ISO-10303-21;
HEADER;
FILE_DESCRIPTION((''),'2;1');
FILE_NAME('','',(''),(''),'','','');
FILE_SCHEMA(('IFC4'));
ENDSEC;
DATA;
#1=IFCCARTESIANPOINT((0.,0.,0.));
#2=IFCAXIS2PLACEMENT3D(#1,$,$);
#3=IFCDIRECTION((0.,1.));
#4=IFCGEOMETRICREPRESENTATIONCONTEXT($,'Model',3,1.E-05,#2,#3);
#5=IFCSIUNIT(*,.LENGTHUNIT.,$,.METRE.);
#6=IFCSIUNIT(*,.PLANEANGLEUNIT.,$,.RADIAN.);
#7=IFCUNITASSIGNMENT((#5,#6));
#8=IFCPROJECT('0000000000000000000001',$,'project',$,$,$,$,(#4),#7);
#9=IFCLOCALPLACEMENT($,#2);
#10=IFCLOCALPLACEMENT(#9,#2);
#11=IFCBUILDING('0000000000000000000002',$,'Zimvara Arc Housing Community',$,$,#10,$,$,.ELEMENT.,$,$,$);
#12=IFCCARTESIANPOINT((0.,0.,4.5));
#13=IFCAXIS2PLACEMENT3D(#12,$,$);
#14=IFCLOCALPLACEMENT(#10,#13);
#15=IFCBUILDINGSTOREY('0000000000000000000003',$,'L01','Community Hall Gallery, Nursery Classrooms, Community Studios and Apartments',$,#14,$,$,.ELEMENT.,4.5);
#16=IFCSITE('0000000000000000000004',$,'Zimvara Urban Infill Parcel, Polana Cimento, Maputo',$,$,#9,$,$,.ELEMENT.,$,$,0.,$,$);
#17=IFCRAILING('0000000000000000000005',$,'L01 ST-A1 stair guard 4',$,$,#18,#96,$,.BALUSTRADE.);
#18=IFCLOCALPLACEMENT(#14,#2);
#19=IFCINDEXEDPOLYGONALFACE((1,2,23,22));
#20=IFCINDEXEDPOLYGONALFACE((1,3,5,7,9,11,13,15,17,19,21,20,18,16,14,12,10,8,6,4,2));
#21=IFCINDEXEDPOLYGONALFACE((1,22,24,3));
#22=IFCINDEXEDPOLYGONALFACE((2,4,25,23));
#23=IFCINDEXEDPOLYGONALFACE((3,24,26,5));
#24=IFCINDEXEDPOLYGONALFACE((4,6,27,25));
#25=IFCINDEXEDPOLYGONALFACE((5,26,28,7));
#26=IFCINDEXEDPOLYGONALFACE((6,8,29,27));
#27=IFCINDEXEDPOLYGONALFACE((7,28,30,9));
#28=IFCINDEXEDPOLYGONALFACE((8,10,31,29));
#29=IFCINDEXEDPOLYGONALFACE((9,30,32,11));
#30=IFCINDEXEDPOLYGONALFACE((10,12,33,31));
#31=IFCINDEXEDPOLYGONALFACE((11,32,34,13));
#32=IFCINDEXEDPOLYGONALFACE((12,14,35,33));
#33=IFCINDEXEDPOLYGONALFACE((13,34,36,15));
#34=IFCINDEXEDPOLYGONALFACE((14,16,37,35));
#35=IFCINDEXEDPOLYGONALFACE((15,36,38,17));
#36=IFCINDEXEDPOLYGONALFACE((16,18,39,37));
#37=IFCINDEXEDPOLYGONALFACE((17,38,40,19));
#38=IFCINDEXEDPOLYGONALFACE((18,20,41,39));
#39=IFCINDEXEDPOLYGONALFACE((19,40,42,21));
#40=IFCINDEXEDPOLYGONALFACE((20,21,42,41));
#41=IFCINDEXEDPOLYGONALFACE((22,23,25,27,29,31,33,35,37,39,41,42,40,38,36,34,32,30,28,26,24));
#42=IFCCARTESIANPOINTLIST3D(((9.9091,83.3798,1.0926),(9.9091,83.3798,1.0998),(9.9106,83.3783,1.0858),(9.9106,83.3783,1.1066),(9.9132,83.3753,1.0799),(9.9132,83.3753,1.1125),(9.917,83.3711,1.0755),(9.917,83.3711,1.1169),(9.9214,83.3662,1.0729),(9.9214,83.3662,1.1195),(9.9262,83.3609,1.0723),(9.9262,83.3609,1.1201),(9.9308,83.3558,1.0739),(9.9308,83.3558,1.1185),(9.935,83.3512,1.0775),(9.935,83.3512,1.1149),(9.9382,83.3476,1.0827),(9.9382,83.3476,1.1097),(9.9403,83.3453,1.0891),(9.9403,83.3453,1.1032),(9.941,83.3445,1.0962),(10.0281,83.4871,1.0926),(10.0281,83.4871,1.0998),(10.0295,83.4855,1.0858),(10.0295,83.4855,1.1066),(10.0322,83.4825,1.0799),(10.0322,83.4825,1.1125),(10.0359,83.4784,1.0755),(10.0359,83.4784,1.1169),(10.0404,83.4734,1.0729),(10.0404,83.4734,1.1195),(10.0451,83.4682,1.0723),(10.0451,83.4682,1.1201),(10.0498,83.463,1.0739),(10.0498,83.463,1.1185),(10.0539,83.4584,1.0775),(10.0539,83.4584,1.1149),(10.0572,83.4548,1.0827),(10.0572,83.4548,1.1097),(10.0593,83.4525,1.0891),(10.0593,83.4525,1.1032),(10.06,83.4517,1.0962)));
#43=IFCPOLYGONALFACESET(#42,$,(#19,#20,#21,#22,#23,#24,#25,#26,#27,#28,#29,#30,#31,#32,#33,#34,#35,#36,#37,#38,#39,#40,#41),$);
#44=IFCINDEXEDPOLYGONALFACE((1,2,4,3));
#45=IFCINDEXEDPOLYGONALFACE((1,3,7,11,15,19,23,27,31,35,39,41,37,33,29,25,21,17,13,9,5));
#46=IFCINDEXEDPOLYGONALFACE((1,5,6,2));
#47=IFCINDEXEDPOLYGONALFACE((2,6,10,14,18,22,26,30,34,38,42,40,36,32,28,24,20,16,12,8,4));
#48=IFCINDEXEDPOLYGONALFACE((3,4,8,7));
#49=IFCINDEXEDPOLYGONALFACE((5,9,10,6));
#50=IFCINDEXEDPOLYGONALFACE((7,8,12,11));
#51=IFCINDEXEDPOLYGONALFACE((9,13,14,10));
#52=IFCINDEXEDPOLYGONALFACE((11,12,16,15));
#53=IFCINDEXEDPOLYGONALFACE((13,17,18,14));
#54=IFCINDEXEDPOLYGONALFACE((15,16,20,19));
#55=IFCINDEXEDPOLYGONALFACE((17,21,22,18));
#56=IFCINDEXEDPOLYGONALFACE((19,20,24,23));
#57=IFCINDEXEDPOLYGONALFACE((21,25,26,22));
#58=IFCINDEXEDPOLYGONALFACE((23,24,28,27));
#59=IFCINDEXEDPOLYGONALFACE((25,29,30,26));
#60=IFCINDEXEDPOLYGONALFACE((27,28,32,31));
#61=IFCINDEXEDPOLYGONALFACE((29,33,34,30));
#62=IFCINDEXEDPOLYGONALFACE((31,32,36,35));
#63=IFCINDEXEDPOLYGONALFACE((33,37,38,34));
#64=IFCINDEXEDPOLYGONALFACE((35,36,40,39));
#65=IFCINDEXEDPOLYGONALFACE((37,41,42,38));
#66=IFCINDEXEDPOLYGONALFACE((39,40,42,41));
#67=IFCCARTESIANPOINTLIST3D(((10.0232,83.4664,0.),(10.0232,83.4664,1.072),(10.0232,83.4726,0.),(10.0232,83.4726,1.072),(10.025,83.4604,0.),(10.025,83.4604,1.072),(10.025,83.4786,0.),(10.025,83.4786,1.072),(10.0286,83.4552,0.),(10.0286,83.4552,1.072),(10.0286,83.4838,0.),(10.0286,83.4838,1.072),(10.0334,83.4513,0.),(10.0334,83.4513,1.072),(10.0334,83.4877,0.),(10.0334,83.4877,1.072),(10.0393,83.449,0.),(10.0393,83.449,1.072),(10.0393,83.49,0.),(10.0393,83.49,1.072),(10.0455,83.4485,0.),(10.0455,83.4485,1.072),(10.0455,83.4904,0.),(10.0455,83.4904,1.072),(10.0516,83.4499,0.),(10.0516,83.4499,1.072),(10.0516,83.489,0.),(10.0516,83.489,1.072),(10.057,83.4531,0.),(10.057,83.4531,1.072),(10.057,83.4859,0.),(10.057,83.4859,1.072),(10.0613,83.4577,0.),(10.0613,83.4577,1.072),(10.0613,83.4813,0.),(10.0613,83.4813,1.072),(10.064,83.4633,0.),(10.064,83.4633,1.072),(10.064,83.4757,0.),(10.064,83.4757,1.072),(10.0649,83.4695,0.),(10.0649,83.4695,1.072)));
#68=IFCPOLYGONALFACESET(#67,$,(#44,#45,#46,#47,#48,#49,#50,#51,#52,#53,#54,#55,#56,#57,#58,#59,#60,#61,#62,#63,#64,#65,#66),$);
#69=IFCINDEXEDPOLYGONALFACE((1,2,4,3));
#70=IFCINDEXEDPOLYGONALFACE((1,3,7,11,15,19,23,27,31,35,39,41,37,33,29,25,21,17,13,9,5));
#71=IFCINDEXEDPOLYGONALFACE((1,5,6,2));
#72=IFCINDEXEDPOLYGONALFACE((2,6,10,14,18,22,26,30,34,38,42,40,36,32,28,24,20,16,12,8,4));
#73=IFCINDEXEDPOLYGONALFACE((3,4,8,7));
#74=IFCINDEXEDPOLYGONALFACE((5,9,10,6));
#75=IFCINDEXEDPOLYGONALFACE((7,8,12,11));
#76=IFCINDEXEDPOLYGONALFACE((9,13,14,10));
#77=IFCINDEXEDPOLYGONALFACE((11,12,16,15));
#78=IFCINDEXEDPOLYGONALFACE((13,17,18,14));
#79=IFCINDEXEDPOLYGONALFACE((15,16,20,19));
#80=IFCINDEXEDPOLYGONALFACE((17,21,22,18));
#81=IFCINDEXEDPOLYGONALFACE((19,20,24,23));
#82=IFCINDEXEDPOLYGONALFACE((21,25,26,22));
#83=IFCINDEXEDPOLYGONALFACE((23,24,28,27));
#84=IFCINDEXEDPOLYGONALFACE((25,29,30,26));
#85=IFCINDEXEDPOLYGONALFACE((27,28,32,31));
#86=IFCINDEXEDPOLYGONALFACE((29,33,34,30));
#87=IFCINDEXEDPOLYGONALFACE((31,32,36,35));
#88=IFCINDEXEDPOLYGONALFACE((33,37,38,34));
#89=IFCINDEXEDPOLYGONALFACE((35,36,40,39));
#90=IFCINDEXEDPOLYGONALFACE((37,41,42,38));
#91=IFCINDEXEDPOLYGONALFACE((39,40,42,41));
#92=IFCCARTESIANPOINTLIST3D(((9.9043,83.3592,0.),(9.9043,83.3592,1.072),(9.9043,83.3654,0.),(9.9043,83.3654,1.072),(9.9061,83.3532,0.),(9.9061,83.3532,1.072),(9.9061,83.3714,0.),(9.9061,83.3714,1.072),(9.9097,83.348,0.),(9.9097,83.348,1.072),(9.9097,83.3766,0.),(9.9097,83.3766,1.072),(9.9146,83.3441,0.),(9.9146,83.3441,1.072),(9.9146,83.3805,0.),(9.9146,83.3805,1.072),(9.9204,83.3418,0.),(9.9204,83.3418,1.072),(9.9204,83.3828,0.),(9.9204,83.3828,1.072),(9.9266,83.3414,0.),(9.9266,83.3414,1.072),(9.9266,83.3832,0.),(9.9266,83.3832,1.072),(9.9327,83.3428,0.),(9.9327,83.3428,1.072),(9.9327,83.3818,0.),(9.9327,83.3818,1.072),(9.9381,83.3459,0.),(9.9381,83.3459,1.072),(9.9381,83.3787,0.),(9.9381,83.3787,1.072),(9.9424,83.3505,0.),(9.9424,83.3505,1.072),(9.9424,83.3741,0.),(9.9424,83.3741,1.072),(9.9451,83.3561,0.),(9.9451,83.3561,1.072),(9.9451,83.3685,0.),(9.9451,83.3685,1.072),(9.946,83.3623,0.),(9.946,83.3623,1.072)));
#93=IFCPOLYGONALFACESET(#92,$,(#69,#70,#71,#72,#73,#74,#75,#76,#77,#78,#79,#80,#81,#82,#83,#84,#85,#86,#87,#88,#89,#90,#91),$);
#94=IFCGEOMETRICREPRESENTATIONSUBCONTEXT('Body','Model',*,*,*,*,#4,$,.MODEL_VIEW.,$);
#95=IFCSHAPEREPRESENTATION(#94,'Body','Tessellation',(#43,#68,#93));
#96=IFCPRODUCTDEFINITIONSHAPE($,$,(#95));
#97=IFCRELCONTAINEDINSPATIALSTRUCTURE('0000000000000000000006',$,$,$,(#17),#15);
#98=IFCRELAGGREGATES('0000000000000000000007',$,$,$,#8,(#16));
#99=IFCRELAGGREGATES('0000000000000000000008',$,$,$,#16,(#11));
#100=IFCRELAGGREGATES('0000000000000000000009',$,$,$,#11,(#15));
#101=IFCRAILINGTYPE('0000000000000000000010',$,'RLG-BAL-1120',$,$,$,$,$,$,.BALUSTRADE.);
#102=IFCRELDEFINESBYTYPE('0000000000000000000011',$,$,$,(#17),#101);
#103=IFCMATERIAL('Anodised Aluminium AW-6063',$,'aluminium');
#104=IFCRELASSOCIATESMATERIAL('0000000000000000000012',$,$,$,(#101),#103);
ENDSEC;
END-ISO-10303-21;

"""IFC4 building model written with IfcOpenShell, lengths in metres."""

from ifc_helpers import new_model, si_unit, direction, frame, origin, origin_2d, place, context, subcontext, project, spatial, circle, extrude, material, type_object, element, save


model = new_model("IFC4")

# Units and contexts
model_context = context("Model", 3, precision=1e-05, world=origin(), true_north=direction((0.0, 1.0)))
body_context = subcontext(model_context, "Body", "Model", "MODEL_VIEW")
ifc_project = project(units=[si_unit("LENGTHUNIT", "METRE"), si_unit("PLANEANGLEUNIT", "RADIAN")], contexts=[model_context])

# Site, building, storey
site_placement = place(None, origin())
site = spatial("IfcSite", under=ifc_project, at=site_placement, Name="Zimvara Urban Infill Parcel, Polana Cimento, Maputo", CompositionType="ELEMENT", RefElevation=0.0)
building_placement = place(site_placement, origin())
building = spatial("IfcBuilding", under=site, at=building_placement, Name="Zimvara Arc Housing Community", CompositionType="ELEMENT")
storey_placement = place(building_placement, frame((0.0, 0.0, 4.5)))
storey = spatial("IfcBuildingStorey", under=building, at=storey_placement, Name="L01", Description="Community Hall Gallery, Nursery Classrooms, Community Studios and Apartments", CompositionType="ELEMENT", Elevation=4.5)

# Railing
ifc_material_1 = material(Name="Anodised Aluminium AW-6063", Category="aluminium")
railing_type_1 = type_object("IfcRailingType", Name="RLG-BAL-1120", PredefinedType="BALUSTRADE", material=ifc_material_1)
railing_1_placement = place(storey_placement, frame((10.0439, 83.4695, 0.0)))
element("IfcRailing", 1, at=railing_1_placement, inside=storey, type_object=railing_type_1, Name="L01 ST-A1 stair guard 4", PredefinedType="BALUSTRADE", context=body_context, shape_type="SweptSolid", body=[
    extrude(circle(Radius=0.0239, at=origin_2d()), frame((0.0, 0.0, 1.0962), z_axis=(-0.742763, -0.669554, 0.0), x_axis=(0.669554, -0.742763, 0.0)), (0.0, 0.0, 1.0), 0.1602),
    extrude(circle(Radius=0.021, at=origin_2d()), origin(), (0.0, 0.0, 1.0), 1.072),
    extrude(circle(Radius=0.021, at=origin_2d()), frame((-0.1189, -0.1072, 0.0)), (0.0, 0.0, 1.0), 1.072),
])

save(model, "model.ifc")
